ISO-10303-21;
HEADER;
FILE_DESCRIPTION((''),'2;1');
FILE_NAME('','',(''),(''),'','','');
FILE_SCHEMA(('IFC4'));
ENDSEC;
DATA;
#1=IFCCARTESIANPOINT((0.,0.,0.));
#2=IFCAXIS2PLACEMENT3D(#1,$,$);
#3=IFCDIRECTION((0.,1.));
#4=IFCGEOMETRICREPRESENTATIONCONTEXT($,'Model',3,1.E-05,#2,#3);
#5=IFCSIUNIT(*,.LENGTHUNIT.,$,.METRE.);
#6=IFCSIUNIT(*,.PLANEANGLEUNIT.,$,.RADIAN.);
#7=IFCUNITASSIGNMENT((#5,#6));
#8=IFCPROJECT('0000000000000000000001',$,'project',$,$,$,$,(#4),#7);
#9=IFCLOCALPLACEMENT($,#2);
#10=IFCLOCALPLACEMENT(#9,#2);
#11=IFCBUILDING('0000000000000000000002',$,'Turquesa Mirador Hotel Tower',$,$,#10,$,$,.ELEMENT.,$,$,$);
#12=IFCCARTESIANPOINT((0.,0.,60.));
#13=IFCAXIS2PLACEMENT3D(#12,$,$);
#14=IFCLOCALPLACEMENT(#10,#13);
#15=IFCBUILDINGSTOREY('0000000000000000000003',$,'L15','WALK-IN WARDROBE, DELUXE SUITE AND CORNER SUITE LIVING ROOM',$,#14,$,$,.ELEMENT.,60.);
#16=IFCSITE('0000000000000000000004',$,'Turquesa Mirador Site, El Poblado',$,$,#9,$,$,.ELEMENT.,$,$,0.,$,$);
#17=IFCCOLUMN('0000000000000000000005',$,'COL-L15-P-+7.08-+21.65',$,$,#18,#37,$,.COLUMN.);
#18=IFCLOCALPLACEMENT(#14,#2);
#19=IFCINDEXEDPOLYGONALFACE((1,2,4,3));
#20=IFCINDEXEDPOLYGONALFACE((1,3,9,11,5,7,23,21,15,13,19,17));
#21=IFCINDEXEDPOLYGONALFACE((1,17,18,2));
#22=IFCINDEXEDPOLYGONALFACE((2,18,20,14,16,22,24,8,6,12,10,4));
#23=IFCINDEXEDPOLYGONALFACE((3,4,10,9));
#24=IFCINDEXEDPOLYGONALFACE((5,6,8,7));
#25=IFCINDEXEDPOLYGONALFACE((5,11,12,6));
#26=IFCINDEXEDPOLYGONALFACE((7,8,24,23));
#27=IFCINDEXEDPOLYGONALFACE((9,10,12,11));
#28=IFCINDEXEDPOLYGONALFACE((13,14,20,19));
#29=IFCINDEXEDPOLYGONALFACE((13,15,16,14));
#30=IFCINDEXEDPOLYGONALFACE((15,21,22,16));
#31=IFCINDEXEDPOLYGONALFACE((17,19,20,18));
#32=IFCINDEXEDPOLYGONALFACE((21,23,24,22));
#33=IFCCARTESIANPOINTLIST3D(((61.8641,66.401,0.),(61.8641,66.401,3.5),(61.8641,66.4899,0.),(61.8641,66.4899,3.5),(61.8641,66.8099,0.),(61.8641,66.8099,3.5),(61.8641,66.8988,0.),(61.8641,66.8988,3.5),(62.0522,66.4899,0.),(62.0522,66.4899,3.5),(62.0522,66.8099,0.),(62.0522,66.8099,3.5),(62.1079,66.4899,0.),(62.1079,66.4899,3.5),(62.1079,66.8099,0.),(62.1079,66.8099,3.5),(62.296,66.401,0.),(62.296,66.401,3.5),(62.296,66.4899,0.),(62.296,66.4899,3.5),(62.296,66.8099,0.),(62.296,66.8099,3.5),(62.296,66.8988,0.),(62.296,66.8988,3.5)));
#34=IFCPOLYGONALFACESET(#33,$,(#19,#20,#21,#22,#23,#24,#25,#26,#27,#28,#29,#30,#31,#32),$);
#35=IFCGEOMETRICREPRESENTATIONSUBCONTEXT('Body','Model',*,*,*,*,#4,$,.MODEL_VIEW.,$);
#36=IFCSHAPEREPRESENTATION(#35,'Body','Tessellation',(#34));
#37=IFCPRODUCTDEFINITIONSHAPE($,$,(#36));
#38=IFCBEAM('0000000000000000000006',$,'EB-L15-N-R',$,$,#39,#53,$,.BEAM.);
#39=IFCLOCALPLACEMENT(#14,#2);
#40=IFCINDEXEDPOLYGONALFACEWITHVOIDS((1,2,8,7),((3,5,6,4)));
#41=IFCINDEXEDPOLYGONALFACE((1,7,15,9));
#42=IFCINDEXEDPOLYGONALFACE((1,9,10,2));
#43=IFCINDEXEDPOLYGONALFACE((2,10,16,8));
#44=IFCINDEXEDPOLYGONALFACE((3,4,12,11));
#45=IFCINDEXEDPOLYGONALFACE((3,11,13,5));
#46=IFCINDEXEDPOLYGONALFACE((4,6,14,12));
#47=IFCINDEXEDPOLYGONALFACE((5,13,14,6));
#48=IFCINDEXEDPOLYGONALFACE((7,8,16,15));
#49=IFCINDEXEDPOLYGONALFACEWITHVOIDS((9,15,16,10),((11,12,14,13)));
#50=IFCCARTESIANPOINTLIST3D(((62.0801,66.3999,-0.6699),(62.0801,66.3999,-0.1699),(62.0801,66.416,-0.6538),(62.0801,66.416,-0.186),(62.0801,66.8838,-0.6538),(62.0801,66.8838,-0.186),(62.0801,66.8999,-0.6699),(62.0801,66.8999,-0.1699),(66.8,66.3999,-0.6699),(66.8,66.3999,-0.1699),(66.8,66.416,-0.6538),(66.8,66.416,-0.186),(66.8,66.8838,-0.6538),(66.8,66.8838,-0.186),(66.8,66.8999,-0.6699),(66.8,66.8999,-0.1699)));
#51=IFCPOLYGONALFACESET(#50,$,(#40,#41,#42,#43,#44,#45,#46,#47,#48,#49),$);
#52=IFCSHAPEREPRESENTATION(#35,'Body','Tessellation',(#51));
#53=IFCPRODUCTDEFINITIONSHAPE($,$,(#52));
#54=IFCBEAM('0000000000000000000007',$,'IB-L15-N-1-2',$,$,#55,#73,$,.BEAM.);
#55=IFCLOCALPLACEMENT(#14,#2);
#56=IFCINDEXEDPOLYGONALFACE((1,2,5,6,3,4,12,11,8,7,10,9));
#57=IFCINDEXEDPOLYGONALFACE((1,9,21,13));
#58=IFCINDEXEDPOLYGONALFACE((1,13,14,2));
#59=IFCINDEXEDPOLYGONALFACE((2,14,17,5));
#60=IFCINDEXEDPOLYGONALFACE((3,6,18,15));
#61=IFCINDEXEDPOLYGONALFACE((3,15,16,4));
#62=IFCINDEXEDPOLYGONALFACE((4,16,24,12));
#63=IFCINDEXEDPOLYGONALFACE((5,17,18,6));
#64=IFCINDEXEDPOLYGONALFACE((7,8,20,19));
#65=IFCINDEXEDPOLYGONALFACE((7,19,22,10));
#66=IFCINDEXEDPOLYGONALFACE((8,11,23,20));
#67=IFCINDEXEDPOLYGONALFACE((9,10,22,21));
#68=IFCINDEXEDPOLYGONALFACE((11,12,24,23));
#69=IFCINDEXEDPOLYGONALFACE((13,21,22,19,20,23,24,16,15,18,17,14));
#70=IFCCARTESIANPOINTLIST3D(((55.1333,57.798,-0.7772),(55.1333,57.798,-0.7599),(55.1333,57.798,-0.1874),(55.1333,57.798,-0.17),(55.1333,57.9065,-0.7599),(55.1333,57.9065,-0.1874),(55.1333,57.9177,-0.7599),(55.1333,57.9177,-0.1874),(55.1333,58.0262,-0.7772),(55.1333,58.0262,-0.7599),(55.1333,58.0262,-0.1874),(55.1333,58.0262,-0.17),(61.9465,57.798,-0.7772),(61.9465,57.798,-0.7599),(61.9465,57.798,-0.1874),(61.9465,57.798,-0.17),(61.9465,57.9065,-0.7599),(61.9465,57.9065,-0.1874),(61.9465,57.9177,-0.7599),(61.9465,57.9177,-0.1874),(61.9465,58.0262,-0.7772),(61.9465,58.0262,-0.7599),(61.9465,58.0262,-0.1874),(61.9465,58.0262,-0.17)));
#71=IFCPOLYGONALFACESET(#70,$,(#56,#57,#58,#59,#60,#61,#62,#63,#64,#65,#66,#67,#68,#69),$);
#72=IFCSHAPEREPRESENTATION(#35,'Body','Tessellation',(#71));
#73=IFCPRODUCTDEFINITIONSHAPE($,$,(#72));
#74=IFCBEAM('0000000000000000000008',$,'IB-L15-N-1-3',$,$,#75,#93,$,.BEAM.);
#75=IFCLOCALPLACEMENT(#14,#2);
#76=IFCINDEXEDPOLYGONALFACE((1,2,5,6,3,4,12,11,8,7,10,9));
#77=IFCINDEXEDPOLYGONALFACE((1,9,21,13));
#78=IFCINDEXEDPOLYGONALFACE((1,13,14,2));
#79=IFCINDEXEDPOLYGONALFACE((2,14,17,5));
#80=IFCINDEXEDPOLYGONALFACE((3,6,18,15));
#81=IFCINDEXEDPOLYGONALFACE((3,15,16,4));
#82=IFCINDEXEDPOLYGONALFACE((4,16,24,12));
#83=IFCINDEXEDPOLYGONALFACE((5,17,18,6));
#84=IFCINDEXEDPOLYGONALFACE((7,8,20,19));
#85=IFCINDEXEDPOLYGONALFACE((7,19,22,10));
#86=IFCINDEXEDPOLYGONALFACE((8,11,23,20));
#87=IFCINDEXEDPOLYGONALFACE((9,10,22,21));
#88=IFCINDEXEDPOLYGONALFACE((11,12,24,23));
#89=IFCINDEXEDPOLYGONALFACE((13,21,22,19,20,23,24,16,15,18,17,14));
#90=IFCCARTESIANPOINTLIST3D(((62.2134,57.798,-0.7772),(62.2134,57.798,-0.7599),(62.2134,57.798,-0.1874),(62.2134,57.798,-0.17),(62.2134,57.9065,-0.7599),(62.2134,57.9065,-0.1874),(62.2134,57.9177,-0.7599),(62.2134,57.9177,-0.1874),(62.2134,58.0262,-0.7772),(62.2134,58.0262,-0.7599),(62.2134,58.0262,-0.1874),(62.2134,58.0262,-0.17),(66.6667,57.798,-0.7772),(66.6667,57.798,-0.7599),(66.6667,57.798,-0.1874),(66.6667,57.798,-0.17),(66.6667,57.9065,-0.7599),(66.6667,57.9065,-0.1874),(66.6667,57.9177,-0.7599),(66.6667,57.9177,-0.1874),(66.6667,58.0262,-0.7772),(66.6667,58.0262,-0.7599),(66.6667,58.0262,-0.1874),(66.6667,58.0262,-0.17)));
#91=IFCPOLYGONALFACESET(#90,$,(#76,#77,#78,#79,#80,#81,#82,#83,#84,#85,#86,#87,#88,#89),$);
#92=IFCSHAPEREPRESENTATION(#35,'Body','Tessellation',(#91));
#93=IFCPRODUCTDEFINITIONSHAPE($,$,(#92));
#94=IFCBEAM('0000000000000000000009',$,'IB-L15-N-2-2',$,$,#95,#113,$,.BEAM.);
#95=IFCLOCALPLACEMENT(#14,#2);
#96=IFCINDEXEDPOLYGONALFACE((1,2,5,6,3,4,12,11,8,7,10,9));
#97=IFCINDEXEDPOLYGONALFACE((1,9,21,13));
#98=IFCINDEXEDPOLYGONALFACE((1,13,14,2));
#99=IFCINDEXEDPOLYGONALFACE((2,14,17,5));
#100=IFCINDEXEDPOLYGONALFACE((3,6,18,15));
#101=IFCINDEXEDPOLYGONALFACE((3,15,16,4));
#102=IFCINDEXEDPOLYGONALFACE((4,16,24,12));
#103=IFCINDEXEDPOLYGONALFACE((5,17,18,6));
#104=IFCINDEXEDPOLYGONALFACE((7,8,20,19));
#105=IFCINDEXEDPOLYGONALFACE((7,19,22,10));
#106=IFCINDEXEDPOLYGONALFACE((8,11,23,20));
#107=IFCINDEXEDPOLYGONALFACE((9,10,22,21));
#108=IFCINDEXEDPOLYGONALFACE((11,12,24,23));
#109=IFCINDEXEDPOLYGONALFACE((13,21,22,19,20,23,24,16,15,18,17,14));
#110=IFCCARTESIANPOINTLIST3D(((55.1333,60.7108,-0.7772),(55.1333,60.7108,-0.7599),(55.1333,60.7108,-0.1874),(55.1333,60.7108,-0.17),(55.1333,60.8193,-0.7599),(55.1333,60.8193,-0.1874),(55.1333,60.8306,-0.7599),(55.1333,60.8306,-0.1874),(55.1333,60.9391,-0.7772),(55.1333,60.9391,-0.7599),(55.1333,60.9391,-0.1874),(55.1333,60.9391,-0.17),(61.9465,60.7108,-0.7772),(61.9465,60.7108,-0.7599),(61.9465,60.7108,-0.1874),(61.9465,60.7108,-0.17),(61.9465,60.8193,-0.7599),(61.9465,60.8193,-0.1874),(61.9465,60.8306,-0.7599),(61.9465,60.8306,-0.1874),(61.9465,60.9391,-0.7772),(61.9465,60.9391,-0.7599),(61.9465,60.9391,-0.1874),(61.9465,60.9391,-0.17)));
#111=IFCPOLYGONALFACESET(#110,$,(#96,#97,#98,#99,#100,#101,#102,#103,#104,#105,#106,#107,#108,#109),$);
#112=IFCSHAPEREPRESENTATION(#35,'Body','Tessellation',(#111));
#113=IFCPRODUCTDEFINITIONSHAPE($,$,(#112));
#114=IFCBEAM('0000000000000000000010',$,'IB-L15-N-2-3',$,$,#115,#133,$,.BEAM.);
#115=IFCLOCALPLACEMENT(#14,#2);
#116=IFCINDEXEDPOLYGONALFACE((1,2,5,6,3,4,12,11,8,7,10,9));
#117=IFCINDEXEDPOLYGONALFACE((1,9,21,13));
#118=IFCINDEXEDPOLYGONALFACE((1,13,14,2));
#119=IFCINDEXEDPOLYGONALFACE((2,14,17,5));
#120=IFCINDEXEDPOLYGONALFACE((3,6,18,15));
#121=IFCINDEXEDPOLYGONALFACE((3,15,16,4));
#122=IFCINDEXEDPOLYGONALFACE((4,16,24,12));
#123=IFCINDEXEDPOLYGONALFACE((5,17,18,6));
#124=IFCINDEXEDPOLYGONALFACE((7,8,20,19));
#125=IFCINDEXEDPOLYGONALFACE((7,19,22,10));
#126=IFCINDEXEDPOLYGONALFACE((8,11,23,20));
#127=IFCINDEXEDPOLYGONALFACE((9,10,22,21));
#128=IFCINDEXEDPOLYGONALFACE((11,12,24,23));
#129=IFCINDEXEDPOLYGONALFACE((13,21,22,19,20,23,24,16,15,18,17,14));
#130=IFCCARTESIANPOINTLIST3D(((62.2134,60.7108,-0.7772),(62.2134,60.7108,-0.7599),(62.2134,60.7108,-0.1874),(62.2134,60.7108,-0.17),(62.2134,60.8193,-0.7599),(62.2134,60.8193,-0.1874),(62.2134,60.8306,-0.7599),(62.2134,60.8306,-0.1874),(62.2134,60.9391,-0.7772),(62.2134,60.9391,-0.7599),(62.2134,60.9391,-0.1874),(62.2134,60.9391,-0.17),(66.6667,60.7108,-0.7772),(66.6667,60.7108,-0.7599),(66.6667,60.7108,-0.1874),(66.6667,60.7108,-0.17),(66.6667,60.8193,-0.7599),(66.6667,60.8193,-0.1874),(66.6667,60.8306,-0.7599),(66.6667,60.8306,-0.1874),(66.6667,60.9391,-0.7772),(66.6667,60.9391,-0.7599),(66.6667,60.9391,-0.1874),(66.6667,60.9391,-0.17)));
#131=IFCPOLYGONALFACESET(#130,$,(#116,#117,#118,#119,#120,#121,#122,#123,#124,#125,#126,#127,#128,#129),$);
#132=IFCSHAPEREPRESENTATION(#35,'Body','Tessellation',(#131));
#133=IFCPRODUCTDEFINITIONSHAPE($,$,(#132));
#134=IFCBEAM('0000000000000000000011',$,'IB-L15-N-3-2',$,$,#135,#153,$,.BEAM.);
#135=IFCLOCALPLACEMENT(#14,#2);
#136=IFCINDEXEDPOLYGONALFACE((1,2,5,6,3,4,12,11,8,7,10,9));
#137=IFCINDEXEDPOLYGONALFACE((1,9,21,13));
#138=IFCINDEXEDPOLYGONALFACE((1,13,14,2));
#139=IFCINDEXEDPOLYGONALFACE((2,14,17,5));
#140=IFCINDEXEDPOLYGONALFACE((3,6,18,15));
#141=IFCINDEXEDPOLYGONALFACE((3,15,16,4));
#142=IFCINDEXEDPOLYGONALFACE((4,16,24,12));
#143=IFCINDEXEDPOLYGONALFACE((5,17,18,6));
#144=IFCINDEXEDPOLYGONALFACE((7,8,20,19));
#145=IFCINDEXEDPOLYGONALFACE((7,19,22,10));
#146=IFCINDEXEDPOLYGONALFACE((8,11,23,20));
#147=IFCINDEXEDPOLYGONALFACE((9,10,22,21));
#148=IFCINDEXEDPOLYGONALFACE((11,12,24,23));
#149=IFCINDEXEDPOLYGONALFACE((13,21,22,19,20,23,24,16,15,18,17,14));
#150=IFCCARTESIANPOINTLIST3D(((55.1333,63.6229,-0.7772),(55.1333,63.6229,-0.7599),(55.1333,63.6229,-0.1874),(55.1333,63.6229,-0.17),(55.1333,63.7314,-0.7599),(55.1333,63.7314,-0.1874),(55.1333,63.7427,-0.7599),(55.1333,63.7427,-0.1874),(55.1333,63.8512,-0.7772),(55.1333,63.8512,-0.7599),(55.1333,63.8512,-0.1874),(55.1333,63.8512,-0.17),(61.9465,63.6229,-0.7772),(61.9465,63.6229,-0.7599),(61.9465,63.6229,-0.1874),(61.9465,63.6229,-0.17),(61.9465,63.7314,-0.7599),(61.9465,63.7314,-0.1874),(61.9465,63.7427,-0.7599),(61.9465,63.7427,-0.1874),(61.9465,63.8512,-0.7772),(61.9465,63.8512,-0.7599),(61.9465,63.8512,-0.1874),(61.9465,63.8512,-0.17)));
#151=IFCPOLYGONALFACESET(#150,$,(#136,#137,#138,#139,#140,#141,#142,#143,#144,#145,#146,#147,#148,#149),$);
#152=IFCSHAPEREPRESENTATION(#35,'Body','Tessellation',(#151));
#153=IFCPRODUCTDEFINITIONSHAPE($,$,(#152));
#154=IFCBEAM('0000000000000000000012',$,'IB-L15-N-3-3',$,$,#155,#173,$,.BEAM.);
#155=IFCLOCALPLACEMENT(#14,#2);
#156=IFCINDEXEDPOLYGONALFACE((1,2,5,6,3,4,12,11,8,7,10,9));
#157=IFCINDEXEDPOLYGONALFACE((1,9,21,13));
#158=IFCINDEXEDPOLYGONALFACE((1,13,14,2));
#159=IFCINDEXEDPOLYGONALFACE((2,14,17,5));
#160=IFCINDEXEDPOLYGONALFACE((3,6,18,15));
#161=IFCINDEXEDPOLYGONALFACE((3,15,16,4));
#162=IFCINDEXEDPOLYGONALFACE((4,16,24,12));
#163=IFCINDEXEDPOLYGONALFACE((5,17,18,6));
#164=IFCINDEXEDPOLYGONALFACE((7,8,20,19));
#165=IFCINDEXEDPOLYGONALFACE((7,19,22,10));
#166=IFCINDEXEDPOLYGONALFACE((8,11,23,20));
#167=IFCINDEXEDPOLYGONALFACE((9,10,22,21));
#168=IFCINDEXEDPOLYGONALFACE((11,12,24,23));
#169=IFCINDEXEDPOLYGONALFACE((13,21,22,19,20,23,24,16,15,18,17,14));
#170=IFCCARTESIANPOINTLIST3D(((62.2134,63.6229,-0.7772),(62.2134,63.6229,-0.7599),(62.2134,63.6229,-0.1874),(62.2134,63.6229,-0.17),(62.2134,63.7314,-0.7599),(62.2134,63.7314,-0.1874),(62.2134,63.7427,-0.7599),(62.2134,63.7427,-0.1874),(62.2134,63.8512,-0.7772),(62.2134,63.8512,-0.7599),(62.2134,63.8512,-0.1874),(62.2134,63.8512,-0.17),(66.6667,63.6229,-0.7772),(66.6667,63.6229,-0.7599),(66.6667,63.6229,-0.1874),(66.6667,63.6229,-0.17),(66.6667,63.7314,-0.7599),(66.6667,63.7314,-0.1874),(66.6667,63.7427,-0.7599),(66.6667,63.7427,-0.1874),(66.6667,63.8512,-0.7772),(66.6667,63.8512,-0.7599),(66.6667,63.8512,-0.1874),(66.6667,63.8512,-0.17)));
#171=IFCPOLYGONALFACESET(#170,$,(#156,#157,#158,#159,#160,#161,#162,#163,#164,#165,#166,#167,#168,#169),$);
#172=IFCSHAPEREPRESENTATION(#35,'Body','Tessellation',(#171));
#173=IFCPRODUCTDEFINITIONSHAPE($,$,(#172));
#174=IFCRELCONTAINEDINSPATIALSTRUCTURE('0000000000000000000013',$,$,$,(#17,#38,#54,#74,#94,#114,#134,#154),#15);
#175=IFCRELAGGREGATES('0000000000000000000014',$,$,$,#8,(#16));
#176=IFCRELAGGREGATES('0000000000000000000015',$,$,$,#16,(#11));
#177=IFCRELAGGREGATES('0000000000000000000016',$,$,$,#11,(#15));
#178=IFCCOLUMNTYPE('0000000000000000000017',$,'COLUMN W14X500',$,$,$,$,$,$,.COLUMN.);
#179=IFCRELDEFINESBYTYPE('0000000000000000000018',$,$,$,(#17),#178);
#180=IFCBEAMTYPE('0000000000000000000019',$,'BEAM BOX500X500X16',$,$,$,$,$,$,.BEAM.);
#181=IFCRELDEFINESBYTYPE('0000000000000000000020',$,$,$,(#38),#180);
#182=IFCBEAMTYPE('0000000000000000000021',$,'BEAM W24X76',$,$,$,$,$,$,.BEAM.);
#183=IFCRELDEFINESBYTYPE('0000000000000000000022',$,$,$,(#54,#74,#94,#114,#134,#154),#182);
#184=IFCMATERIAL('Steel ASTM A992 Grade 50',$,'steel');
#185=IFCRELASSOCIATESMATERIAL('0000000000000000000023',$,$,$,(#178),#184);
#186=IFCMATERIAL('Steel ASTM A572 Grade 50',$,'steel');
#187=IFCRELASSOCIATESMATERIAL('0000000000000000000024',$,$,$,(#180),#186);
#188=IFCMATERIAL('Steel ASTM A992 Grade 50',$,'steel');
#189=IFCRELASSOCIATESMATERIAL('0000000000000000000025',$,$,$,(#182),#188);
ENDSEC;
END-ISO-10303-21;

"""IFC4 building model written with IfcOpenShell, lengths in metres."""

from ifc_helpers import new_model, si_unit, direction, frame, origin, origin_2d, place, context, subcontext, project, spatial, hollow_rectangle, i_section, extrude, material, material_profile, profile_set, type_object, element, save


model = new_model("IFC4")

# Units and contexts
model_context = context("Model", 3, precision=1e-05, world=origin(), true_north=direction((0.0, 1.0)))
body_context = subcontext(model_context, "Body", "Model", "MODEL_VIEW")
ifc_project = project(units=[si_unit("LENGTHUNIT", "METRE"), si_unit("PLANEANGLEUNIT", "RADIAN")], contexts=[model_context])

# Site, building, storey
site_placement = place(None, origin())
site = spatial("IfcSite", under=ifc_project, at=site_placement, Name="Turquesa Mirador Site, El Poblado", CompositionType="ELEMENT", RefElevation=0.0)
building_placement = place(site_placement, origin())
building = spatial("IfcBuilding", under=site, at=building_placement, Name="Turquesa Mirador Hotel Tower", CompositionType="ELEMENT")
storey_placement = place(building_placement, frame((0.0, 0.0, 60.0)))
storey = spatial("IfcBuildingStorey", under=building, at=storey_placement, Name="L15", Description="WALK-IN WARDROBE, DELUXE SUITE AND CORNER SUITE LIVING ROOM", CompositionType="ELEMENT", Elevation=60.0)

# Column
ifc_material_1 = material(Name="Steel ASTM A992 Grade 50", Category="steel")
ifc_material_profile_1 = material_profile(ifc_material_1, i_section(OverallWidth=0.4319, OverallDepth=0.4978, WebThickness=0.0557, FlangeThickness=0.0889, at=origin_2d()), Name="W14X500")
ifc_profile_set_1 = profile_set([ifc_material_profile_1], Name="Steel ASTM A992 Grade 50")
column_type = type_object("IfcColumnType", Name="COLUMN W14X500", PredefinedType="COLUMN", material=ifc_profile_set_1)
column_placement = place(storey_placement, frame((62.0801, 66.6499, 0.0), z_axis=(0.0, 0.0, 1.0), x_axis=(1.0, 0.0, 0.0)))
element("IfcColumn", 1, at=column_placement, inside=storey, type_object=column_type, Name="COL-L15-P-+7.08-+21.65", PredefinedType="COLUMN", context=body_context, shape_type="SweptSolid", body=[
    extrude(i_section(OverallWidth=0.4319, OverallDepth=0.4978, WebThickness=0.0557, FlangeThickness=0.0889, at=origin_2d()), origin(), (0.0, 0.0, 1.0), 3.5),
])

# Beams
ifc_material_2 = material(Name="Steel ASTM A572 Grade 50", Category="steel")
ifc_material_profile_2 = material_profile(ifc_material_2, hollow_rectangle(XDim=0.5, YDim=0.5, WallThickness=0.0161, at=origin_2d()), Name="BOX500X500X16")
ifc_profile_set_2 = profile_set([ifc_material_profile_2], Name="Steel ASTM A572 Grade 50")
beam_type_1 = type_object("IfcBeamType", Name="BEAM BOX500X500X16", PredefinedType="BEAM", material=ifc_profile_set_2)
beam_1_placement = place(storey_placement, frame((62.0801, 66.6499, -0.4199), z_axis=(1.0, 0.0, 0.0), x_axis=(0.0, 1.0, 0.0)))
element("IfcBeam", 2, at=beam_1_placement, inside=storey, type_object=beam_type_1, Name="EB-L15-N-R", PredefinedType="BEAM", context=body_context, shape_type="SweptSolid", body=[
    extrude(hollow_rectangle(XDim=0.5, YDim=0.5, WallThickness=0.0161, at=origin_2d()), origin(), (0.0, 0.0, 1.0), 4.72),
])
ifc_material_3 = material(Name="Steel ASTM A992 Grade 50", Category="steel")
ifc_material_profile_3 = material_profile(ifc_material_3, i_section(OverallWidth=0.2283, OverallDepth=0.6072, WebThickness=0.0112, FlangeThickness=0.0173, at=origin_2d()), Name="W24X76")
ifc_profile_set_3 = profile_set([ifc_material_profile_3], Name="Steel ASTM A992 Grade 50")
beam_type_2 = type_object("IfcBeamType", Name="BEAM W24X76", PredefinedType="BEAM", material=ifc_profile_set_3)
beam_2_placement = place(storey_placement, frame((55.1333, 57.9121, -0.4736), z_axis=(1.0, 0.0, 0.0), x_axis=(0.0, 1.0, 0.0)))
element("IfcBeam", 3, at=beam_2_placement, inside=storey, type_object=beam_type_2, Name="IB-L15-N-1-2", PredefinedType="BEAM", context=body_context, shape_type="SweptSolid", body=[
    extrude(i_section(OverallWidth=0.2283, OverallDepth=0.6072, WebThickness=0.0112, FlangeThickness=0.0173, at=origin_2d()), origin(), (0.0, 0.0, 1.0), 6.8132),
])
beam_3_placement = place(storey_placement, frame((62.2134, 57.9121, -0.4736), z_axis=(1.0, 0.0, 0.0), x_axis=(0.0, 1.0, 0.0)))
element("IfcBeam", 4, at=beam_3_placement, inside=storey, type_object=beam_type_2, Name="IB-L15-N-1-3", PredefinedType="BEAM", context=body_context, shape_type="SweptSolid", body=[
    extrude(i_section(OverallWidth=0.2283, OverallDepth=0.6072, WebThickness=0.0112, FlangeThickness=0.0173, at=origin_2d()), origin(), (0.0, 0.0, 1.0), 4.4534),
])
beam_4_placement = place(storey_placement, frame((55.1333, 60.825, -0.4736), z_axis=(1.0, 0.0, 0.0), x_axis=(0.0, 1.0, 0.0)))
element("IfcBeam", 5, at=beam_4_placement, inside=storey, type_object=beam_type_2, Name="IB-L15-N-2-2", PredefinedType="BEAM", context=body_context, shape_type="SweptSolid", body=[
    extrude(i_section(OverallWidth=0.2283, OverallDepth=0.6072, WebThickness=0.0112, FlangeThickness=0.0173, at=origin_2d()), origin(), (0.0, 0.0, 1.0), 6.8132),
])
beam_5_placement = place(storey_placement, frame((62.2134, 60.825, -0.4736), z_axis=(1.0, 0.0, 0.0), x_axis=(0.0, 1.0, 0.0)))
element("IfcBeam", 6, at=beam_5_placement, inside=storey, type_object=beam_type_2, Name="IB-L15-N-2-3", PredefinedType="BEAM", context=body_context, shape_type="SweptSolid", body=[
    extrude(i_section(OverallWidth=0.2283, OverallDepth=0.6072, WebThickness=0.0112, FlangeThickness=0.0173, at=origin_2d()), origin(), (0.0, 0.0, 1.0), 4.4534),
])
beam_6_placement = place(storey_placement, frame((55.1333, 63.7371, -0.4736), z_axis=(1.0, 0.0, 0.0), x_axis=(0.0, 1.0, 0.0)))
element("IfcBeam", 7, at=beam_6_placement, inside=storey, type_object=beam_type_2, Name="IB-L15-N-3-2", PredefinedType="BEAM", context=body_context, shape_type="SweptSolid", body=[
    extrude(i_section(OverallWidth=0.2283, OverallDepth=0.6072, WebThickness=0.0112, FlangeThickness=0.0173, at=origin_2d()), origin(), (0.0, 0.0, 1.0), 6.8132),
])
beam_7_placement = place(storey_placement, frame((62.2134, 63.7371, -0.4736), z_axis=(1.0, 0.0, 0.0), x_axis=(0.0, 1.0, 0.0)))
element("IfcBeam", 8, at=beam_7_placement, inside=storey, type_object=beam_type_2, Name="IB-L15-N-3-3", PredefinedType="BEAM", context=body_context, shape_type="SweptSolid", body=[
    extrude(i_section(OverallWidth=0.2283, OverallDepth=0.6072, WebThickness=0.0112, FlangeThickness=0.0173, at=origin_2d()), origin(), (0.0, 0.0, 1.0), 4.4534),
])

save(model, "model.ifc")
